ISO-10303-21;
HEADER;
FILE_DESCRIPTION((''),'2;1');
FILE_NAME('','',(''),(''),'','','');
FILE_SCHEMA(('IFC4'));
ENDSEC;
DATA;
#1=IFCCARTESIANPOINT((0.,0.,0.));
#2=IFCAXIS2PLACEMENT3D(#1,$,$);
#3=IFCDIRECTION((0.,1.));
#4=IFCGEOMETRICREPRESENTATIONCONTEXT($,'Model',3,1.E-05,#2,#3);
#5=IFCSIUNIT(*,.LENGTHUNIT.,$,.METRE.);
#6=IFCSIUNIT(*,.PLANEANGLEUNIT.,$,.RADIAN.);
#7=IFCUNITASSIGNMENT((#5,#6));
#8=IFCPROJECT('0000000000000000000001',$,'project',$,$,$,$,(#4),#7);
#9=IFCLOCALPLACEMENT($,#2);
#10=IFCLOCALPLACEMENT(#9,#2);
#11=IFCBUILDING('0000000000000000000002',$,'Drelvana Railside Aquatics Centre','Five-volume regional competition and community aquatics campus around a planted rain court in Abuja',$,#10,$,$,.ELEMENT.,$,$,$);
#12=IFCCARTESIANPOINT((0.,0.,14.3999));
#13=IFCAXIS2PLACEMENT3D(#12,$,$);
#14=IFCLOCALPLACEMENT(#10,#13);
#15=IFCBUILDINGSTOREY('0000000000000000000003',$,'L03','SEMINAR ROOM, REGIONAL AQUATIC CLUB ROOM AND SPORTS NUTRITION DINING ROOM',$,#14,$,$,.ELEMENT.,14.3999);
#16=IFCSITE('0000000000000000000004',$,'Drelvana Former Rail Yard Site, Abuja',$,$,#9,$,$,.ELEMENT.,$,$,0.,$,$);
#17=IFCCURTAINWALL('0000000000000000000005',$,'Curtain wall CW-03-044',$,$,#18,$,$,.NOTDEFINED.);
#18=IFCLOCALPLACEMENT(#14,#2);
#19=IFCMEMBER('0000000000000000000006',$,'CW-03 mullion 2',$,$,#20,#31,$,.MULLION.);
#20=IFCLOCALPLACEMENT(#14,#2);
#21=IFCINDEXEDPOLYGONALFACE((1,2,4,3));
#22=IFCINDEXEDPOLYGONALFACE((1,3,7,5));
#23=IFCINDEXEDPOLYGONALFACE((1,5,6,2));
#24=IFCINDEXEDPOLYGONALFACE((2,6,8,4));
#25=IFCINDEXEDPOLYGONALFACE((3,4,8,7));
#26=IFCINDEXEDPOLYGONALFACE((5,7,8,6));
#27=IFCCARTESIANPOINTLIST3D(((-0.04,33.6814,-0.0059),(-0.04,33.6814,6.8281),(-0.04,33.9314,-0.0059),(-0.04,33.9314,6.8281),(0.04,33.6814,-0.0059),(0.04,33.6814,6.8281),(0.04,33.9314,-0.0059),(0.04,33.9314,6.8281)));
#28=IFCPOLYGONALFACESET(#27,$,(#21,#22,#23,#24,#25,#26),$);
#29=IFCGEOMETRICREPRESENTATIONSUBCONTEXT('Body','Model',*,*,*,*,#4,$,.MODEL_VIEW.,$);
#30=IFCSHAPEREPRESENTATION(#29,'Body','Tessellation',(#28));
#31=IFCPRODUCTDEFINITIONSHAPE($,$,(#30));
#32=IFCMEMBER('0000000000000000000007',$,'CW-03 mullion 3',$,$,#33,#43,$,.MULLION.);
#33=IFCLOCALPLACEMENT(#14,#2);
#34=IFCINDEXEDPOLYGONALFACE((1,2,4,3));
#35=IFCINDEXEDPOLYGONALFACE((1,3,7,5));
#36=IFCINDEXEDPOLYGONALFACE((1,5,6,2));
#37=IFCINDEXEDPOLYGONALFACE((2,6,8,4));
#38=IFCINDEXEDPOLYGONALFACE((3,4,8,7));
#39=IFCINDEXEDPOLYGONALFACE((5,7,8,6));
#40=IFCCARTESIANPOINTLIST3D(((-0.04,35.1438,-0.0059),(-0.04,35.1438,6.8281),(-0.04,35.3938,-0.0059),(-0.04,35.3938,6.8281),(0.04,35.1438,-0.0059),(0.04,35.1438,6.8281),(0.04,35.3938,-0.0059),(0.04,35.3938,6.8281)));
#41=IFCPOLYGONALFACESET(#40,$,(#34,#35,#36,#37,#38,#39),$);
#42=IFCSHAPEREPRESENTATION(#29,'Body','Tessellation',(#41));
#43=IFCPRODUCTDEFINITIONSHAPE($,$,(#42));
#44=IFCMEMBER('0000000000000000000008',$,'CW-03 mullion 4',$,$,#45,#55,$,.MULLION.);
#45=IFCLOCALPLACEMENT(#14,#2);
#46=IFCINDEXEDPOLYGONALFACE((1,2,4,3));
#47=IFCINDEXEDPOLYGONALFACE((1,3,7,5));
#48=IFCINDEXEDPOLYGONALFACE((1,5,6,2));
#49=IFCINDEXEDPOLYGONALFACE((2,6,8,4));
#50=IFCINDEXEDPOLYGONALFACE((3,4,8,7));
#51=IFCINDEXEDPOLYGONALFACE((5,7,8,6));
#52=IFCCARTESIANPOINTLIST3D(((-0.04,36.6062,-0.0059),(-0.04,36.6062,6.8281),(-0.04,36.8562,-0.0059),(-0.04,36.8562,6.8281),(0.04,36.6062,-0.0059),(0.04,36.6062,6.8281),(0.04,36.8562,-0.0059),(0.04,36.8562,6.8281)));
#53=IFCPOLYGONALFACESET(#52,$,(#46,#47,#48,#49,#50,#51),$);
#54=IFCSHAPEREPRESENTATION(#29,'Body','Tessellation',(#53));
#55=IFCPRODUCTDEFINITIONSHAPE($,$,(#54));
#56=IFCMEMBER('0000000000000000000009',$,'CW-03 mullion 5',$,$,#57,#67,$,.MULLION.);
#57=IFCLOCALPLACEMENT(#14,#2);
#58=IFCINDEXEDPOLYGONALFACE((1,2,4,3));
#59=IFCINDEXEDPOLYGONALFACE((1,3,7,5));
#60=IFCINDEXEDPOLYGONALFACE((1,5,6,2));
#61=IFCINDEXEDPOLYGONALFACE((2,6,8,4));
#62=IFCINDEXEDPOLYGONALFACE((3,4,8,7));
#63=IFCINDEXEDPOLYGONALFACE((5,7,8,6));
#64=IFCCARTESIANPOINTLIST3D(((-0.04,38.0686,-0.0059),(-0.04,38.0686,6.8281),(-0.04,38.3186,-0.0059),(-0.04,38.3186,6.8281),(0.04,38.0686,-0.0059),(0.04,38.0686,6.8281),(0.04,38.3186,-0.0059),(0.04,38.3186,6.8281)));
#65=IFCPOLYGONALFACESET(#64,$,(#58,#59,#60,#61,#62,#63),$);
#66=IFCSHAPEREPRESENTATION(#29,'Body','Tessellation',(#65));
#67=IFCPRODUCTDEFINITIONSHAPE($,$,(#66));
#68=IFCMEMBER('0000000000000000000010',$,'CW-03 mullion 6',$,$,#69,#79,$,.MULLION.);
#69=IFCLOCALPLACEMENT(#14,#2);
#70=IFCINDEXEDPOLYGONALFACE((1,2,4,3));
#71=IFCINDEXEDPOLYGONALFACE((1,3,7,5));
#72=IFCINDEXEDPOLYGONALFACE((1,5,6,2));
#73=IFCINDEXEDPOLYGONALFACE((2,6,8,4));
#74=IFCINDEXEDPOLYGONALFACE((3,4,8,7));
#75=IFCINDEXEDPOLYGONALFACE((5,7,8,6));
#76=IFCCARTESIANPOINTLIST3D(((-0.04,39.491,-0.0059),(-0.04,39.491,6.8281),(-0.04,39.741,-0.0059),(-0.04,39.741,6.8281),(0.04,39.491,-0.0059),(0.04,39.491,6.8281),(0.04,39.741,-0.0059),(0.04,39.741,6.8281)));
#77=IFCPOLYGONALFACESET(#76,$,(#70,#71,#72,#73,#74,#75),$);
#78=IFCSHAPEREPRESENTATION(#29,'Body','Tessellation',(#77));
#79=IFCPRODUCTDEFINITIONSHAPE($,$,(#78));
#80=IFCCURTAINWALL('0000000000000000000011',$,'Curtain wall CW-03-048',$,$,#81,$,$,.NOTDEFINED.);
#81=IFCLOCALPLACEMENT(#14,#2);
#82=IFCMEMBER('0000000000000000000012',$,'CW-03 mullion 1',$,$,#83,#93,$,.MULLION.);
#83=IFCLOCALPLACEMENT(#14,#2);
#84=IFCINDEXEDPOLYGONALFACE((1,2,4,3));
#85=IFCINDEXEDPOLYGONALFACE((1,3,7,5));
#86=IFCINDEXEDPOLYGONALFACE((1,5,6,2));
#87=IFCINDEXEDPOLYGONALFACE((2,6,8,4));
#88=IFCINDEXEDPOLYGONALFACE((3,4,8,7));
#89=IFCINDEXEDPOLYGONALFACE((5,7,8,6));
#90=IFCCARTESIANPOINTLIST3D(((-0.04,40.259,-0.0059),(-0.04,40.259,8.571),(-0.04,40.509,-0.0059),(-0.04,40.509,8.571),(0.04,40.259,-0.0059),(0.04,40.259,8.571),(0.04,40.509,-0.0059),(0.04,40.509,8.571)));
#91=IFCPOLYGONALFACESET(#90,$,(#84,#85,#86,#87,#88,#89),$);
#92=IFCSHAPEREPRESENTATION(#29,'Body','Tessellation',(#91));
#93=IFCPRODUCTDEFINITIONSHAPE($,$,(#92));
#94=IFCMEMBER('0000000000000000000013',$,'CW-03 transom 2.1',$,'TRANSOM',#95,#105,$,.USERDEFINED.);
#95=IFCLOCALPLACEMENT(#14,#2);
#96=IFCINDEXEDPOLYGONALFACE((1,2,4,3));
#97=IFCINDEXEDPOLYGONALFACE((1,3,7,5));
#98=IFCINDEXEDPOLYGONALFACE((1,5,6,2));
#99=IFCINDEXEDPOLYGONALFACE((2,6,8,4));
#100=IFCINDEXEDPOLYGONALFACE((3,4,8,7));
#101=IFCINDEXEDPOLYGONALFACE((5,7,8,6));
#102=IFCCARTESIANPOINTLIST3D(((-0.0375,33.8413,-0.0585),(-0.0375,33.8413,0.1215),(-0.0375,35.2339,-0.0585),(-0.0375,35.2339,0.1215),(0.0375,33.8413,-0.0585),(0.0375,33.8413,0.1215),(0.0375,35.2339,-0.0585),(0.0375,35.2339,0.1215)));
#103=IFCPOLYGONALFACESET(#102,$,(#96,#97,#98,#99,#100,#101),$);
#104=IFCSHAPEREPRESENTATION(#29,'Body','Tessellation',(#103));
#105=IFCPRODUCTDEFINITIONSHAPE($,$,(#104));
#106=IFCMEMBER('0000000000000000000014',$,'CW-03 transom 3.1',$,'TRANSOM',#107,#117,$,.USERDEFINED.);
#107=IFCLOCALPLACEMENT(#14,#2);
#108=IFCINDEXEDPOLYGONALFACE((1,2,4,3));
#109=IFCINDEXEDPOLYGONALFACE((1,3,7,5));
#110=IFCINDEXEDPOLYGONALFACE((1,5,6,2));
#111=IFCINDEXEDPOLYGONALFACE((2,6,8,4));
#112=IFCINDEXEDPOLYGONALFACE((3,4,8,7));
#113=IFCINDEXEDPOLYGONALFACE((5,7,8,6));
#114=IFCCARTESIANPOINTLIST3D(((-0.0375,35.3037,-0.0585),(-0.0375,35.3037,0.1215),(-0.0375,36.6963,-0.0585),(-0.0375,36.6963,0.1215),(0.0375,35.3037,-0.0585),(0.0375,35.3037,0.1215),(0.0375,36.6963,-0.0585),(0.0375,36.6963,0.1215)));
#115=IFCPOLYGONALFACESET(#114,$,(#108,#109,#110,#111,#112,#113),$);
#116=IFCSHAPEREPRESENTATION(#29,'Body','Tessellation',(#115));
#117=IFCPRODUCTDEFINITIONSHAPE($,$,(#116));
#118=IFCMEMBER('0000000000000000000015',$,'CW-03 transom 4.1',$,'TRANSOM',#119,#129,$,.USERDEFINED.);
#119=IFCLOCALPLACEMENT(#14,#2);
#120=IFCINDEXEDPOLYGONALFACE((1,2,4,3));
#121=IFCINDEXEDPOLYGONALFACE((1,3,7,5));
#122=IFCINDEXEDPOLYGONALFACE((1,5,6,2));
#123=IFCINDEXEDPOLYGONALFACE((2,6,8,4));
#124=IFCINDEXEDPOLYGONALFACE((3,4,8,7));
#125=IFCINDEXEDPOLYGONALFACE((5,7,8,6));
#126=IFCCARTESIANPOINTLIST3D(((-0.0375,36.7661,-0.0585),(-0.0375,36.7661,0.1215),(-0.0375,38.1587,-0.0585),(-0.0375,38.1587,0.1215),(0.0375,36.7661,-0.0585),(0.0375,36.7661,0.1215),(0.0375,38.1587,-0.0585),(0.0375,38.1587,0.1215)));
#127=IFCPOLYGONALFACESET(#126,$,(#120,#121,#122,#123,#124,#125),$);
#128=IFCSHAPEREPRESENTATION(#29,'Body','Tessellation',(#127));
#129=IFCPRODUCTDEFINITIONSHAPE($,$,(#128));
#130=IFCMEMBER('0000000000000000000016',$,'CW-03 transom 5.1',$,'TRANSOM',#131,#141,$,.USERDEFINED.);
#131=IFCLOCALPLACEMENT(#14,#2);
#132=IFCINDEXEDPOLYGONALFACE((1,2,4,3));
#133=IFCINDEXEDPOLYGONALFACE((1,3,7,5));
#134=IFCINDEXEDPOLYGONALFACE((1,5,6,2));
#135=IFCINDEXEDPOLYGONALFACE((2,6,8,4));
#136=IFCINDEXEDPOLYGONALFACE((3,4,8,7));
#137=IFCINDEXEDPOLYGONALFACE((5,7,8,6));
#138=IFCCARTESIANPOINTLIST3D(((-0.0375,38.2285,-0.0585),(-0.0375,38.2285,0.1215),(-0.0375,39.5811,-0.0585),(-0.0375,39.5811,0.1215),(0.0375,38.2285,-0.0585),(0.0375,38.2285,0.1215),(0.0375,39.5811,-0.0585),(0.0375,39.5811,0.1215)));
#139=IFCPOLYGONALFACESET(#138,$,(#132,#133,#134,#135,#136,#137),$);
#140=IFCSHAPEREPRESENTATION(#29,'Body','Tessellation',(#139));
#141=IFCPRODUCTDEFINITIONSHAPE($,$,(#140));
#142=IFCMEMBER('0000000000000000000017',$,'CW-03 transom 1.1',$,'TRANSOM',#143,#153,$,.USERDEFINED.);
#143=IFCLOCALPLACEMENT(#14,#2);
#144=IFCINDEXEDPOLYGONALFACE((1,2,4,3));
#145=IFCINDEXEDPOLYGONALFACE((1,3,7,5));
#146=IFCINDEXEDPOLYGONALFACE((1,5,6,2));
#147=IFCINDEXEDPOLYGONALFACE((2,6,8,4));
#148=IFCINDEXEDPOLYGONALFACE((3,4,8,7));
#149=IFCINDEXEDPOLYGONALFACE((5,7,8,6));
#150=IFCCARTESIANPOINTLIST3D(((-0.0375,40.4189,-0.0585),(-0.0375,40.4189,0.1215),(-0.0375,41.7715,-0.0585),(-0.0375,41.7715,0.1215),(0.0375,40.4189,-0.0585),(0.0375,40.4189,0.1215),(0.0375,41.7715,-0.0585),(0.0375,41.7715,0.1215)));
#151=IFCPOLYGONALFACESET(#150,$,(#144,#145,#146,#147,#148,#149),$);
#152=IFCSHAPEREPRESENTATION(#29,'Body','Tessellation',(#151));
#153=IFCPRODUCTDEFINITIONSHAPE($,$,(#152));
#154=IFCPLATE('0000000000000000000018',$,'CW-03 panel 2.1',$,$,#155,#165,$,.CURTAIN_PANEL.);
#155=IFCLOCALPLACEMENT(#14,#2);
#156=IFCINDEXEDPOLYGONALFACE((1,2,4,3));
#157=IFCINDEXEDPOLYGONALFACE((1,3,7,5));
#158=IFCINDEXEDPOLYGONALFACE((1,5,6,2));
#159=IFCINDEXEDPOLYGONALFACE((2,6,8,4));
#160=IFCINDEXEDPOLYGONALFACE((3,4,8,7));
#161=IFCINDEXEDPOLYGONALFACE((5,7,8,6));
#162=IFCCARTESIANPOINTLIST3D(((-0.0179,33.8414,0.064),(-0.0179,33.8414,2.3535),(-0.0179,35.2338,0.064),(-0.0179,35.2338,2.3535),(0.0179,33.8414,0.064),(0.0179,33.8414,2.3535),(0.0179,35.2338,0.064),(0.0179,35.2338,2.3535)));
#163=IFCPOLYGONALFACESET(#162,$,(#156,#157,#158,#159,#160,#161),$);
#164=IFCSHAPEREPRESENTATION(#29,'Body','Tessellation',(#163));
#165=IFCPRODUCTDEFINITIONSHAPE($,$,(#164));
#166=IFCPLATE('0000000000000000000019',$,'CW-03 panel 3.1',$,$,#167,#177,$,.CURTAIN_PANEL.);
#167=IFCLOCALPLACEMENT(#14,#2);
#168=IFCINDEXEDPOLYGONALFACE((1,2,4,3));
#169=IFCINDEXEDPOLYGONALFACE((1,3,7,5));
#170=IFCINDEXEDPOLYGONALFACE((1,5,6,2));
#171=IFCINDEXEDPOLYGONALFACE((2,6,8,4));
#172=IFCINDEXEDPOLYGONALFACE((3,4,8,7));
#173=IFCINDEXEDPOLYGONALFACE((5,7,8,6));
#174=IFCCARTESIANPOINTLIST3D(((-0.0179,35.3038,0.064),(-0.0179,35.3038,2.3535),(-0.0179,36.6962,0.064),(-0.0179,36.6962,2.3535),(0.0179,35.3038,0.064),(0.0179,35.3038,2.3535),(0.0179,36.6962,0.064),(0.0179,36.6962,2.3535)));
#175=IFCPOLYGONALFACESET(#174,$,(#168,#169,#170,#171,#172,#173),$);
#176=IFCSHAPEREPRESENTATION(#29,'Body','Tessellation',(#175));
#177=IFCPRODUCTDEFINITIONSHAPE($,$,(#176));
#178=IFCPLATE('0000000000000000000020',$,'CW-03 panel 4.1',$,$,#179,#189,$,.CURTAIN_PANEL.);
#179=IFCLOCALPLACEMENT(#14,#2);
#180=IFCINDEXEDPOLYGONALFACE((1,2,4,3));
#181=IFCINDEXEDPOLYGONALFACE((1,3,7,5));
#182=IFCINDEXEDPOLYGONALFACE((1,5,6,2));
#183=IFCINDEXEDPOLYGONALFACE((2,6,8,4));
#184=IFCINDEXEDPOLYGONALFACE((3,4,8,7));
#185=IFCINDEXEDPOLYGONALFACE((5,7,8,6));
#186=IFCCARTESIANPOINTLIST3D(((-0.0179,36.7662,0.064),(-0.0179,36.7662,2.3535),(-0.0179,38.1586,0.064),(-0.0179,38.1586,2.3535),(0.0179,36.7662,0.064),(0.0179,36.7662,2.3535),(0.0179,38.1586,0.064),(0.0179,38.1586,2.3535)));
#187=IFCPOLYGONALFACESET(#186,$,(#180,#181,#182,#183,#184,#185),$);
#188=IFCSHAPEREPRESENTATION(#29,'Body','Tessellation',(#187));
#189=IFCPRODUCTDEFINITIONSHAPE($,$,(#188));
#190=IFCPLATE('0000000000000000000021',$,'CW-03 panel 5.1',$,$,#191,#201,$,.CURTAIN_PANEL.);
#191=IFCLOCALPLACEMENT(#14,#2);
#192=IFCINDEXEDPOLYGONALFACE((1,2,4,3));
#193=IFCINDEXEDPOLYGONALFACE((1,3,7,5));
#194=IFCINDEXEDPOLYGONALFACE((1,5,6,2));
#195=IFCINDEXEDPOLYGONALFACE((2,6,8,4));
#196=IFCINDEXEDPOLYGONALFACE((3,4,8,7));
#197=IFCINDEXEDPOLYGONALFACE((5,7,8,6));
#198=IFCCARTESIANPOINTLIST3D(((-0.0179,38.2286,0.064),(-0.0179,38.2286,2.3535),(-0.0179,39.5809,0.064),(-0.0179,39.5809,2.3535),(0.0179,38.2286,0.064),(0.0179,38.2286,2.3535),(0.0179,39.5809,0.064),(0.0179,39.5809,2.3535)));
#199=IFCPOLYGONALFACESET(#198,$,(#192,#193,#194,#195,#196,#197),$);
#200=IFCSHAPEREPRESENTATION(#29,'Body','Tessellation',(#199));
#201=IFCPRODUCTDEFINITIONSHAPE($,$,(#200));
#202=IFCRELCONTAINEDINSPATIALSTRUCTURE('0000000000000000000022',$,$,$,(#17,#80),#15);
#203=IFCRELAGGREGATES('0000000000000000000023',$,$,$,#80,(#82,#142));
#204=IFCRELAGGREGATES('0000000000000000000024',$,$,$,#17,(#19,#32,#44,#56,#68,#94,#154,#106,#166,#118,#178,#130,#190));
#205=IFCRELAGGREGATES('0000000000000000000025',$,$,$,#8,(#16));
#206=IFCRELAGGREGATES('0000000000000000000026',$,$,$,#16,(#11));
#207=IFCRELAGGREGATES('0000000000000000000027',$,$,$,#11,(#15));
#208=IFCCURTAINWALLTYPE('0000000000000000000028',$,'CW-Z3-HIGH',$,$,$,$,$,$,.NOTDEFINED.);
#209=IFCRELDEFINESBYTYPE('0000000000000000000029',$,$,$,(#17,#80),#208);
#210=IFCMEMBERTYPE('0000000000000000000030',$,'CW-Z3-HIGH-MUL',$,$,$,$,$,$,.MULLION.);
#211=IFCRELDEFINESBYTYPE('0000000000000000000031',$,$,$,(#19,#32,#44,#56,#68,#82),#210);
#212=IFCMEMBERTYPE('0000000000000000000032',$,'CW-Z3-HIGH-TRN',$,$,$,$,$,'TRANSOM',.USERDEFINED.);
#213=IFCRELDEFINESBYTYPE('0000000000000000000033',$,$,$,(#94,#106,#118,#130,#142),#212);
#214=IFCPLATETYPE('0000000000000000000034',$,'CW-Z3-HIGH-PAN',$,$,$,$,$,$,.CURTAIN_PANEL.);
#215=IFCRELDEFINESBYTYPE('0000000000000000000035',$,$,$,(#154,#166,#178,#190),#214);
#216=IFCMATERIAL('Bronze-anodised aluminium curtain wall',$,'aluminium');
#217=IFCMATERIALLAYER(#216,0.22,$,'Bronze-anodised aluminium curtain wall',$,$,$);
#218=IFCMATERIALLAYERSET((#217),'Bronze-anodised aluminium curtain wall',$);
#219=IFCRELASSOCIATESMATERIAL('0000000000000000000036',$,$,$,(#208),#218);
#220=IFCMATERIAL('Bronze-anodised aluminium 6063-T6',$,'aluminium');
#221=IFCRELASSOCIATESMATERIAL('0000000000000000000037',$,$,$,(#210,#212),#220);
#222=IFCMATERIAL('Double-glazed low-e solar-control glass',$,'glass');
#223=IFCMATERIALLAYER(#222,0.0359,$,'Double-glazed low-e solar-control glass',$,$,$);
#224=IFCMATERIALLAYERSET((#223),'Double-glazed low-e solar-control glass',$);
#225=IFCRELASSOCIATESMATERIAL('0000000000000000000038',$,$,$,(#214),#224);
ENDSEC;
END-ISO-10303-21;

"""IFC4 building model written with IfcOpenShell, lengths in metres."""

from ifc_helpers import new_model, si_unit, direction, frame, origin, origin_2d, place, context, subcontext, project, spatial, rectangle, extrude, material, layer, layer_set, material_profile, profile_set, type_object, element, aggregate, save


model = new_model("IFC4")

# Units and contexts
model_context = context("Model", 3, precision=1e-05, world=origin(), true_north=direction((0.0, 1.0)))
body_context = subcontext(model_context, "Body", "Model", "MODEL_VIEW")
ifc_project = project(units=[si_unit("LENGTHUNIT", "METRE"), si_unit("PLANEANGLEUNIT", "RADIAN")], contexts=[model_context])

# Site, building, storey
site_placement = place(None, origin())
site = spatial("IfcSite", under=ifc_project, at=site_placement, Name="Drelvana Former Rail Yard Site, Abuja", CompositionType="ELEMENT", RefElevation=0.0)
building_placement = place(site_placement, origin())
building = spatial("IfcBuilding", under=site, at=building_placement, Name="Drelvana Railside Aquatics Centre", Description="Five-volume regional competition and community aquatics campus around a planted rain court in Abuja", CompositionType="ELEMENT")
storey_placement = place(building_placement, frame((0.0, 0.0, 14.3999)))
storey = spatial("IfcBuildingStorey", under=building, at=storey_placement, Name="L03", Description="SEMINAR ROOM, REGIONAL AQUATIC CLUB ROOM AND SPORTS NUTRITION DINING ROOM", CompositionType="ELEMENT", Elevation=14.3999)

# Curtain wall, members
ifc_material_1 = material(Name="Bronze-anodised aluminium curtain wall", Category="aluminium")
ifc_layer_1 = layer(ifc_material_1, 0.22, Name="Bronze-anodised aluminium curtain wall")
ifc_layer_set_1 = layer_set([ifc_layer_1], Name="Bronze-anodised aluminium curtain wall")
curtain_wall_type = type_object("IfcCurtainWallType", Name="CW-Z3-HIGH", PredefinedType="NOTDEFINED", material=ifc_layer_set_1)
curtain_wall_1_placement = place(storey_placement, origin())
curtain_wall_1 = element("IfcCurtainWall", 1, at=curtain_wall_1_placement, inside=storey, type_object=curtain_wall_type, Name="Curtain wall CW-03-044", PredefinedType="NOTDEFINED")
ifc_material_2 = material(Name="Bronze-anodised aluminium 6063-T6", Category="aluminium")
ifc_material_profile_1 = material_profile(ifc_material_2, rectangle(XDim=0.0801, YDim=0.25, at=origin_2d()), Name="ALU-M 80x250")
ifc_profile_set_1 = profile_set([ifc_material_profile_1], Name="Bronze-anodised aluminium 6063-T6")
member_type_1 = type_object("IfcMemberType", Name="CW-Z3-HIGH-MUL", PredefinedType="MULLION", material=ifc_profile_set_1)
member_1_placement = place(storey_placement, frame((0.0, 33.8064, -0.0059), z_axis=(0.0, 0.0, 1.0), x_axis=(-1.0, 0.0, 0.0)))
member_1 = element("IfcMember", 2, at=member_1_placement, type_object=member_type_1, Name="CW-03 mullion 2", PredefinedType="MULLION", context=body_context, shape_type="SweptSolid", body=[
    extrude(rectangle(XDim=0.0801, YDim=0.25, at=origin_2d()), origin(), (0.0, 0.0, 1.0), 6.834),
])
member_2_placement = place(storey_placement, frame((0.0, 35.2688, -0.0059), z_axis=(0.0, 0.0, 1.0), x_axis=(-1.0, 0.0, 0.0)))
member_2 = element("IfcMember", 3, at=member_2_placement, type_object=member_type_1, Name="CW-03 mullion 3", PredefinedType="MULLION", context=body_context, shape_type="SweptSolid", body=[
    extrude(rectangle(XDim=0.0801, YDim=0.25, at=origin_2d()), origin(), (0.0, 0.0, 1.0), 6.834),
])
member_3_placement = place(storey_placement, frame((0.0, 36.7312, -0.0059), z_axis=(0.0, 0.0, 1.0), x_axis=(-1.0, 0.0, 0.0)))
member_3 = element("IfcMember", 4, at=member_3_placement, type_object=member_type_1, Name="CW-03 mullion 4", PredefinedType="MULLION", context=body_context, shape_type="SweptSolid", body=[
    extrude(rectangle(XDim=0.0801, YDim=0.25, at=origin_2d()), origin(), (0.0, 0.0, 1.0), 6.834),
])
member_4_placement = place(storey_placement, frame((0.0, 38.1936, -0.0059), z_axis=(0.0, 0.0, 1.0), x_axis=(-1.0, 0.0, 0.0)))
member_4 = element("IfcMember", 5, at=member_4_placement, type_object=member_type_1, Name="CW-03 mullion 5", PredefinedType="MULLION", context=body_context, shape_type="SweptSolid", body=[
    extrude(rectangle(XDim=0.0801, YDim=0.25, at=origin_2d()), origin(), (0.0, 0.0, 1.0), 6.834),
])
member_5_placement = place(storey_placement, frame((0.0, 39.616, -0.0059), z_axis=(0.0, 0.0, 1.0), x_axis=(-1.0, 0.0, 0.0)))
member_5 = element("IfcMember", 6, at=member_5_placement, type_object=member_type_1, Name="CW-03 mullion 6", PredefinedType="MULLION", context=body_context, shape_type="SweptSolid", body=[
    extrude(rectangle(XDim=0.0801, YDim=0.25, at=origin_2d()), origin(), (0.0, 0.0, 1.0), 6.834),
])

# Curtain wall, member
curtain_wall_2_placement = place(storey_placement, origin())
curtain_wall_2 = element("IfcCurtainWall", 7, at=curtain_wall_2_placement, inside=storey, type_object=curtain_wall_type, Name="Curtain wall CW-03-048", PredefinedType="NOTDEFINED")
member_6_placement = place(storey_placement, frame((0.0, 40.384, -0.0059), z_axis=(0.0, 0.0, 1.0), x_axis=(-1.0, 0.0, 0.0)))
member_6 = element("IfcMember", 8, at=member_6_placement, type_object=member_type_1, Name="CW-03 mullion 1", PredefinedType="MULLION", context=body_context, shape_type="SweptSolid", body=[
    extrude(rectangle(XDim=0.0801, YDim=0.25, at=origin_2d()), origin(), (0.0, 0.0, 1.0), 8.5769),
])

# Members
ifc_material_profile_2 = material_profile(ifc_material_2, rectangle(XDim=0.1799, YDim=0.075, at=origin_2d()), Name="ALU-T 75x180")
ifc_profile_set_2 = profile_set([ifc_material_profile_2], Name="Bronze-anodised aluminium 6063-T6")
member_type_2 = type_object("IfcMemberType", Name="CW-Z3-HIGH-TRN", ElementType="TRANSOM", PredefinedType="USERDEFINED", material=ifc_profile_set_2)
member_7_placement = place(storey_placement, frame((0.0, 33.8413, 0.0315), z_axis=(0.0, 1.0, 0.0), x_axis=(0.0, 0.0, 1.0)))
member_7 = element("IfcMember", 9, at=member_7_placement, type_object=member_type_2, Name="CW-03 transom 2.1", ObjectType="TRANSOM", PredefinedType="USERDEFINED", context=body_context, shape_type="SweptSolid", body=[
    extrude(rectangle(XDim=0.1799, YDim=0.075, at=origin_2d()), origin(), (0.0, 0.0, 1.0), 1.3926),
])
member_8_placement = place(storey_placement, frame((0.0, 35.3037, 0.0315), z_axis=(0.0, 1.0, 0.0), x_axis=(0.0, 0.0, 1.0)))
member_8 = element("IfcMember", 10, at=member_8_placement, type_object=member_type_2, Name="CW-03 transom 3.1", ObjectType="TRANSOM", PredefinedType="USERDEFINED", context=body_context, shape_type="SweptSolid", body=[
    extrude(rectangle(XDim=0.1799, YDim=0.075, at=origin_2d()), origin(), (0.0, 0.0, 1.0), 1.3926),
])
member_9_placement = place(storey_placement, frame((0.0, 36.7661, 0.0315), z_axis=(0.0, 1.0, 0.0), x_axis=(0.0, 0.0, 1.0)))
member_9 = element("IfcMember", 11, at=member_9_placement, type_object=member_type_2, Name="CW-03 transom 4.1", ObjectType="TRANSOM", PredefinedType="USERDEFINED", context=body_context, shape_type="SweptSolid", body=[
    extrude(rectangle(XDim=0.1799, YDim=0.075, at=origin_2d()), origin(), (0.0, 0.0, 1.0), 1.3926),
])
member_10_placement = place(storey_placement, frame((0.0, 38.2285, 0.0315), z_axis=(0.0, 1.0, 0.0), x_axis=(0.0, 0.0, 1.0)))
member_10 = element("IfcMember", 12, at=member_10_placement, type_object=member_type_2, Name="CW-03 transom 5.1", ObjectType="TRANSOM", PredefinedType="USERDEFINED", context=body_context, shape_type="SweptSolid", body=[
    extrude(rectangle(XDim=0.1799, YDim=0.075, at=origin_2d()), origin(), (0.0, 0.0, 1.0), 1.3525),
])
member_11_placement = place(storey_placement, frame((0.0, 40.4189, 0.0315), z_axis=(0.0, 1.0, 0.0), x_axis=(0.0, 0.0, 1.0)))
member_11 = element("IfcMember", 13, at=member_11_placement, type_object=member_type_2, Name="CW-03 transom 1.1", ObjectType="TRANSOM", PredefinedType="USERDEFINED", context=body_context, shape_type="SweptSolid", body=[
    extrude(rectangle(XDim=0.1799, YDim=0.075, at=origin_2d()), origin(), (0.0, 0.0, 1.0), 1.3525),
])
aggregate(curtain_wall_2, [member_6, member_11])

# Plates
ifc_material_3 = material(Name="Double-glazed low-e solar-control glass", Category="glass")
ifc_layer_2 = layer(ifc_material_3, 0.0359, Name="Double-glazed low-e solar-control glass")
ifc_layer_set_2 = layer_set([ifc_layer_2], Name="Double-glazed low-e solar-control glass")
plate_type = type_object("IfcPlateType", Name="CW-Z3-HIGH-PAN", PredefinedType="CURTAIN_PANEL", material=ifc_layer_set_2)
plate_1_placement = place(storey_placement, frame((0.0, 34.5376, 0.064), z_axis=(0.0, 0.0, 1.0), x_axis=(0.0, 1.0, 0.0)))
plate_1 = element("IfcPlate", 14, at=plate_1_placement, type_object=plate_type, Name="CW-03 panel 2.1", PredefinedType="CURTAIN_PANEL", context=body_context, shape_type="SweptSolid", body=[
    extrude(rectangle(XDim=1.3923, YDim=0.0359, at=origin_2d()), origin(), (0.0, 0.0, 1.0), 2.2896),
])
plate_2_placement = place(storey_placement, frame((0.0, 36.0, 0.064), z_axis=(0.0, 0.0, 1.0), x_axis=(0.0, 1.0, 0.0)))
plate_2 = element("IfcPlate", 15, at=plate_2_placement, type_object=plate_type, Name="CW-03 panel 3.1", PredefinedType="CURTAIN_PANEL", context=body_context, shape_type="SweptSolid", body=[
    extrude(rectangle(XDim=1.3923, YDim=0.0359, at=origin_2d()), origin(), (0.0, 0.0, 1.0), 2.2896),
])
plate_3_placement = place(storey_placement, frame((0.0, 37.4624, 0.064), z_axis=(0.0, 0.0, 1.0), x_axis=(0.0, 1.0, 0.0)))
plate_3 = element("IfcPlate", 16, at=plate_3_placement, type_object=plate_type, Name="CW-03 panel 4.1", PredefinedType="CURTAIN_PANEL", context=body_context, shape_type="SweptSolid", body=[
    extrude(rectangle(XDim=1.3923, YDim=0.0359, at=origin_2d()), origin(), (0.0, 0.0, 1.0), 2.2896),
])
plate_4_placement = place(storey_placement, frame((0.0, 38.9048, 0.064), z_axis=(0.0, 0.0, 1.0), x_axis=(0.0, 1.0, 0.0)))
plate_4 = element("IfcPlate", 17, at=plate_4_placement, type_object=plate_type, Name="CW-03 panel 5.1", PredefinedType="CURTAIN_PANEL", context=body_context, shape_type="SweptSolid", body=[
    extrude(rectangle(XDim=1.3523, YDim=0.0359, at=origin_2d()), origin(), (0.0, 0.0, 1.0), 2.2896),
])
aggregate(curtain_wall_1, [member_1, member_2, member_3, member_4, member_5, member_7, plate_1, member_8, plate_2, member_9, plate_3, member_10, plate_4])

save(model, "model.ifc")
